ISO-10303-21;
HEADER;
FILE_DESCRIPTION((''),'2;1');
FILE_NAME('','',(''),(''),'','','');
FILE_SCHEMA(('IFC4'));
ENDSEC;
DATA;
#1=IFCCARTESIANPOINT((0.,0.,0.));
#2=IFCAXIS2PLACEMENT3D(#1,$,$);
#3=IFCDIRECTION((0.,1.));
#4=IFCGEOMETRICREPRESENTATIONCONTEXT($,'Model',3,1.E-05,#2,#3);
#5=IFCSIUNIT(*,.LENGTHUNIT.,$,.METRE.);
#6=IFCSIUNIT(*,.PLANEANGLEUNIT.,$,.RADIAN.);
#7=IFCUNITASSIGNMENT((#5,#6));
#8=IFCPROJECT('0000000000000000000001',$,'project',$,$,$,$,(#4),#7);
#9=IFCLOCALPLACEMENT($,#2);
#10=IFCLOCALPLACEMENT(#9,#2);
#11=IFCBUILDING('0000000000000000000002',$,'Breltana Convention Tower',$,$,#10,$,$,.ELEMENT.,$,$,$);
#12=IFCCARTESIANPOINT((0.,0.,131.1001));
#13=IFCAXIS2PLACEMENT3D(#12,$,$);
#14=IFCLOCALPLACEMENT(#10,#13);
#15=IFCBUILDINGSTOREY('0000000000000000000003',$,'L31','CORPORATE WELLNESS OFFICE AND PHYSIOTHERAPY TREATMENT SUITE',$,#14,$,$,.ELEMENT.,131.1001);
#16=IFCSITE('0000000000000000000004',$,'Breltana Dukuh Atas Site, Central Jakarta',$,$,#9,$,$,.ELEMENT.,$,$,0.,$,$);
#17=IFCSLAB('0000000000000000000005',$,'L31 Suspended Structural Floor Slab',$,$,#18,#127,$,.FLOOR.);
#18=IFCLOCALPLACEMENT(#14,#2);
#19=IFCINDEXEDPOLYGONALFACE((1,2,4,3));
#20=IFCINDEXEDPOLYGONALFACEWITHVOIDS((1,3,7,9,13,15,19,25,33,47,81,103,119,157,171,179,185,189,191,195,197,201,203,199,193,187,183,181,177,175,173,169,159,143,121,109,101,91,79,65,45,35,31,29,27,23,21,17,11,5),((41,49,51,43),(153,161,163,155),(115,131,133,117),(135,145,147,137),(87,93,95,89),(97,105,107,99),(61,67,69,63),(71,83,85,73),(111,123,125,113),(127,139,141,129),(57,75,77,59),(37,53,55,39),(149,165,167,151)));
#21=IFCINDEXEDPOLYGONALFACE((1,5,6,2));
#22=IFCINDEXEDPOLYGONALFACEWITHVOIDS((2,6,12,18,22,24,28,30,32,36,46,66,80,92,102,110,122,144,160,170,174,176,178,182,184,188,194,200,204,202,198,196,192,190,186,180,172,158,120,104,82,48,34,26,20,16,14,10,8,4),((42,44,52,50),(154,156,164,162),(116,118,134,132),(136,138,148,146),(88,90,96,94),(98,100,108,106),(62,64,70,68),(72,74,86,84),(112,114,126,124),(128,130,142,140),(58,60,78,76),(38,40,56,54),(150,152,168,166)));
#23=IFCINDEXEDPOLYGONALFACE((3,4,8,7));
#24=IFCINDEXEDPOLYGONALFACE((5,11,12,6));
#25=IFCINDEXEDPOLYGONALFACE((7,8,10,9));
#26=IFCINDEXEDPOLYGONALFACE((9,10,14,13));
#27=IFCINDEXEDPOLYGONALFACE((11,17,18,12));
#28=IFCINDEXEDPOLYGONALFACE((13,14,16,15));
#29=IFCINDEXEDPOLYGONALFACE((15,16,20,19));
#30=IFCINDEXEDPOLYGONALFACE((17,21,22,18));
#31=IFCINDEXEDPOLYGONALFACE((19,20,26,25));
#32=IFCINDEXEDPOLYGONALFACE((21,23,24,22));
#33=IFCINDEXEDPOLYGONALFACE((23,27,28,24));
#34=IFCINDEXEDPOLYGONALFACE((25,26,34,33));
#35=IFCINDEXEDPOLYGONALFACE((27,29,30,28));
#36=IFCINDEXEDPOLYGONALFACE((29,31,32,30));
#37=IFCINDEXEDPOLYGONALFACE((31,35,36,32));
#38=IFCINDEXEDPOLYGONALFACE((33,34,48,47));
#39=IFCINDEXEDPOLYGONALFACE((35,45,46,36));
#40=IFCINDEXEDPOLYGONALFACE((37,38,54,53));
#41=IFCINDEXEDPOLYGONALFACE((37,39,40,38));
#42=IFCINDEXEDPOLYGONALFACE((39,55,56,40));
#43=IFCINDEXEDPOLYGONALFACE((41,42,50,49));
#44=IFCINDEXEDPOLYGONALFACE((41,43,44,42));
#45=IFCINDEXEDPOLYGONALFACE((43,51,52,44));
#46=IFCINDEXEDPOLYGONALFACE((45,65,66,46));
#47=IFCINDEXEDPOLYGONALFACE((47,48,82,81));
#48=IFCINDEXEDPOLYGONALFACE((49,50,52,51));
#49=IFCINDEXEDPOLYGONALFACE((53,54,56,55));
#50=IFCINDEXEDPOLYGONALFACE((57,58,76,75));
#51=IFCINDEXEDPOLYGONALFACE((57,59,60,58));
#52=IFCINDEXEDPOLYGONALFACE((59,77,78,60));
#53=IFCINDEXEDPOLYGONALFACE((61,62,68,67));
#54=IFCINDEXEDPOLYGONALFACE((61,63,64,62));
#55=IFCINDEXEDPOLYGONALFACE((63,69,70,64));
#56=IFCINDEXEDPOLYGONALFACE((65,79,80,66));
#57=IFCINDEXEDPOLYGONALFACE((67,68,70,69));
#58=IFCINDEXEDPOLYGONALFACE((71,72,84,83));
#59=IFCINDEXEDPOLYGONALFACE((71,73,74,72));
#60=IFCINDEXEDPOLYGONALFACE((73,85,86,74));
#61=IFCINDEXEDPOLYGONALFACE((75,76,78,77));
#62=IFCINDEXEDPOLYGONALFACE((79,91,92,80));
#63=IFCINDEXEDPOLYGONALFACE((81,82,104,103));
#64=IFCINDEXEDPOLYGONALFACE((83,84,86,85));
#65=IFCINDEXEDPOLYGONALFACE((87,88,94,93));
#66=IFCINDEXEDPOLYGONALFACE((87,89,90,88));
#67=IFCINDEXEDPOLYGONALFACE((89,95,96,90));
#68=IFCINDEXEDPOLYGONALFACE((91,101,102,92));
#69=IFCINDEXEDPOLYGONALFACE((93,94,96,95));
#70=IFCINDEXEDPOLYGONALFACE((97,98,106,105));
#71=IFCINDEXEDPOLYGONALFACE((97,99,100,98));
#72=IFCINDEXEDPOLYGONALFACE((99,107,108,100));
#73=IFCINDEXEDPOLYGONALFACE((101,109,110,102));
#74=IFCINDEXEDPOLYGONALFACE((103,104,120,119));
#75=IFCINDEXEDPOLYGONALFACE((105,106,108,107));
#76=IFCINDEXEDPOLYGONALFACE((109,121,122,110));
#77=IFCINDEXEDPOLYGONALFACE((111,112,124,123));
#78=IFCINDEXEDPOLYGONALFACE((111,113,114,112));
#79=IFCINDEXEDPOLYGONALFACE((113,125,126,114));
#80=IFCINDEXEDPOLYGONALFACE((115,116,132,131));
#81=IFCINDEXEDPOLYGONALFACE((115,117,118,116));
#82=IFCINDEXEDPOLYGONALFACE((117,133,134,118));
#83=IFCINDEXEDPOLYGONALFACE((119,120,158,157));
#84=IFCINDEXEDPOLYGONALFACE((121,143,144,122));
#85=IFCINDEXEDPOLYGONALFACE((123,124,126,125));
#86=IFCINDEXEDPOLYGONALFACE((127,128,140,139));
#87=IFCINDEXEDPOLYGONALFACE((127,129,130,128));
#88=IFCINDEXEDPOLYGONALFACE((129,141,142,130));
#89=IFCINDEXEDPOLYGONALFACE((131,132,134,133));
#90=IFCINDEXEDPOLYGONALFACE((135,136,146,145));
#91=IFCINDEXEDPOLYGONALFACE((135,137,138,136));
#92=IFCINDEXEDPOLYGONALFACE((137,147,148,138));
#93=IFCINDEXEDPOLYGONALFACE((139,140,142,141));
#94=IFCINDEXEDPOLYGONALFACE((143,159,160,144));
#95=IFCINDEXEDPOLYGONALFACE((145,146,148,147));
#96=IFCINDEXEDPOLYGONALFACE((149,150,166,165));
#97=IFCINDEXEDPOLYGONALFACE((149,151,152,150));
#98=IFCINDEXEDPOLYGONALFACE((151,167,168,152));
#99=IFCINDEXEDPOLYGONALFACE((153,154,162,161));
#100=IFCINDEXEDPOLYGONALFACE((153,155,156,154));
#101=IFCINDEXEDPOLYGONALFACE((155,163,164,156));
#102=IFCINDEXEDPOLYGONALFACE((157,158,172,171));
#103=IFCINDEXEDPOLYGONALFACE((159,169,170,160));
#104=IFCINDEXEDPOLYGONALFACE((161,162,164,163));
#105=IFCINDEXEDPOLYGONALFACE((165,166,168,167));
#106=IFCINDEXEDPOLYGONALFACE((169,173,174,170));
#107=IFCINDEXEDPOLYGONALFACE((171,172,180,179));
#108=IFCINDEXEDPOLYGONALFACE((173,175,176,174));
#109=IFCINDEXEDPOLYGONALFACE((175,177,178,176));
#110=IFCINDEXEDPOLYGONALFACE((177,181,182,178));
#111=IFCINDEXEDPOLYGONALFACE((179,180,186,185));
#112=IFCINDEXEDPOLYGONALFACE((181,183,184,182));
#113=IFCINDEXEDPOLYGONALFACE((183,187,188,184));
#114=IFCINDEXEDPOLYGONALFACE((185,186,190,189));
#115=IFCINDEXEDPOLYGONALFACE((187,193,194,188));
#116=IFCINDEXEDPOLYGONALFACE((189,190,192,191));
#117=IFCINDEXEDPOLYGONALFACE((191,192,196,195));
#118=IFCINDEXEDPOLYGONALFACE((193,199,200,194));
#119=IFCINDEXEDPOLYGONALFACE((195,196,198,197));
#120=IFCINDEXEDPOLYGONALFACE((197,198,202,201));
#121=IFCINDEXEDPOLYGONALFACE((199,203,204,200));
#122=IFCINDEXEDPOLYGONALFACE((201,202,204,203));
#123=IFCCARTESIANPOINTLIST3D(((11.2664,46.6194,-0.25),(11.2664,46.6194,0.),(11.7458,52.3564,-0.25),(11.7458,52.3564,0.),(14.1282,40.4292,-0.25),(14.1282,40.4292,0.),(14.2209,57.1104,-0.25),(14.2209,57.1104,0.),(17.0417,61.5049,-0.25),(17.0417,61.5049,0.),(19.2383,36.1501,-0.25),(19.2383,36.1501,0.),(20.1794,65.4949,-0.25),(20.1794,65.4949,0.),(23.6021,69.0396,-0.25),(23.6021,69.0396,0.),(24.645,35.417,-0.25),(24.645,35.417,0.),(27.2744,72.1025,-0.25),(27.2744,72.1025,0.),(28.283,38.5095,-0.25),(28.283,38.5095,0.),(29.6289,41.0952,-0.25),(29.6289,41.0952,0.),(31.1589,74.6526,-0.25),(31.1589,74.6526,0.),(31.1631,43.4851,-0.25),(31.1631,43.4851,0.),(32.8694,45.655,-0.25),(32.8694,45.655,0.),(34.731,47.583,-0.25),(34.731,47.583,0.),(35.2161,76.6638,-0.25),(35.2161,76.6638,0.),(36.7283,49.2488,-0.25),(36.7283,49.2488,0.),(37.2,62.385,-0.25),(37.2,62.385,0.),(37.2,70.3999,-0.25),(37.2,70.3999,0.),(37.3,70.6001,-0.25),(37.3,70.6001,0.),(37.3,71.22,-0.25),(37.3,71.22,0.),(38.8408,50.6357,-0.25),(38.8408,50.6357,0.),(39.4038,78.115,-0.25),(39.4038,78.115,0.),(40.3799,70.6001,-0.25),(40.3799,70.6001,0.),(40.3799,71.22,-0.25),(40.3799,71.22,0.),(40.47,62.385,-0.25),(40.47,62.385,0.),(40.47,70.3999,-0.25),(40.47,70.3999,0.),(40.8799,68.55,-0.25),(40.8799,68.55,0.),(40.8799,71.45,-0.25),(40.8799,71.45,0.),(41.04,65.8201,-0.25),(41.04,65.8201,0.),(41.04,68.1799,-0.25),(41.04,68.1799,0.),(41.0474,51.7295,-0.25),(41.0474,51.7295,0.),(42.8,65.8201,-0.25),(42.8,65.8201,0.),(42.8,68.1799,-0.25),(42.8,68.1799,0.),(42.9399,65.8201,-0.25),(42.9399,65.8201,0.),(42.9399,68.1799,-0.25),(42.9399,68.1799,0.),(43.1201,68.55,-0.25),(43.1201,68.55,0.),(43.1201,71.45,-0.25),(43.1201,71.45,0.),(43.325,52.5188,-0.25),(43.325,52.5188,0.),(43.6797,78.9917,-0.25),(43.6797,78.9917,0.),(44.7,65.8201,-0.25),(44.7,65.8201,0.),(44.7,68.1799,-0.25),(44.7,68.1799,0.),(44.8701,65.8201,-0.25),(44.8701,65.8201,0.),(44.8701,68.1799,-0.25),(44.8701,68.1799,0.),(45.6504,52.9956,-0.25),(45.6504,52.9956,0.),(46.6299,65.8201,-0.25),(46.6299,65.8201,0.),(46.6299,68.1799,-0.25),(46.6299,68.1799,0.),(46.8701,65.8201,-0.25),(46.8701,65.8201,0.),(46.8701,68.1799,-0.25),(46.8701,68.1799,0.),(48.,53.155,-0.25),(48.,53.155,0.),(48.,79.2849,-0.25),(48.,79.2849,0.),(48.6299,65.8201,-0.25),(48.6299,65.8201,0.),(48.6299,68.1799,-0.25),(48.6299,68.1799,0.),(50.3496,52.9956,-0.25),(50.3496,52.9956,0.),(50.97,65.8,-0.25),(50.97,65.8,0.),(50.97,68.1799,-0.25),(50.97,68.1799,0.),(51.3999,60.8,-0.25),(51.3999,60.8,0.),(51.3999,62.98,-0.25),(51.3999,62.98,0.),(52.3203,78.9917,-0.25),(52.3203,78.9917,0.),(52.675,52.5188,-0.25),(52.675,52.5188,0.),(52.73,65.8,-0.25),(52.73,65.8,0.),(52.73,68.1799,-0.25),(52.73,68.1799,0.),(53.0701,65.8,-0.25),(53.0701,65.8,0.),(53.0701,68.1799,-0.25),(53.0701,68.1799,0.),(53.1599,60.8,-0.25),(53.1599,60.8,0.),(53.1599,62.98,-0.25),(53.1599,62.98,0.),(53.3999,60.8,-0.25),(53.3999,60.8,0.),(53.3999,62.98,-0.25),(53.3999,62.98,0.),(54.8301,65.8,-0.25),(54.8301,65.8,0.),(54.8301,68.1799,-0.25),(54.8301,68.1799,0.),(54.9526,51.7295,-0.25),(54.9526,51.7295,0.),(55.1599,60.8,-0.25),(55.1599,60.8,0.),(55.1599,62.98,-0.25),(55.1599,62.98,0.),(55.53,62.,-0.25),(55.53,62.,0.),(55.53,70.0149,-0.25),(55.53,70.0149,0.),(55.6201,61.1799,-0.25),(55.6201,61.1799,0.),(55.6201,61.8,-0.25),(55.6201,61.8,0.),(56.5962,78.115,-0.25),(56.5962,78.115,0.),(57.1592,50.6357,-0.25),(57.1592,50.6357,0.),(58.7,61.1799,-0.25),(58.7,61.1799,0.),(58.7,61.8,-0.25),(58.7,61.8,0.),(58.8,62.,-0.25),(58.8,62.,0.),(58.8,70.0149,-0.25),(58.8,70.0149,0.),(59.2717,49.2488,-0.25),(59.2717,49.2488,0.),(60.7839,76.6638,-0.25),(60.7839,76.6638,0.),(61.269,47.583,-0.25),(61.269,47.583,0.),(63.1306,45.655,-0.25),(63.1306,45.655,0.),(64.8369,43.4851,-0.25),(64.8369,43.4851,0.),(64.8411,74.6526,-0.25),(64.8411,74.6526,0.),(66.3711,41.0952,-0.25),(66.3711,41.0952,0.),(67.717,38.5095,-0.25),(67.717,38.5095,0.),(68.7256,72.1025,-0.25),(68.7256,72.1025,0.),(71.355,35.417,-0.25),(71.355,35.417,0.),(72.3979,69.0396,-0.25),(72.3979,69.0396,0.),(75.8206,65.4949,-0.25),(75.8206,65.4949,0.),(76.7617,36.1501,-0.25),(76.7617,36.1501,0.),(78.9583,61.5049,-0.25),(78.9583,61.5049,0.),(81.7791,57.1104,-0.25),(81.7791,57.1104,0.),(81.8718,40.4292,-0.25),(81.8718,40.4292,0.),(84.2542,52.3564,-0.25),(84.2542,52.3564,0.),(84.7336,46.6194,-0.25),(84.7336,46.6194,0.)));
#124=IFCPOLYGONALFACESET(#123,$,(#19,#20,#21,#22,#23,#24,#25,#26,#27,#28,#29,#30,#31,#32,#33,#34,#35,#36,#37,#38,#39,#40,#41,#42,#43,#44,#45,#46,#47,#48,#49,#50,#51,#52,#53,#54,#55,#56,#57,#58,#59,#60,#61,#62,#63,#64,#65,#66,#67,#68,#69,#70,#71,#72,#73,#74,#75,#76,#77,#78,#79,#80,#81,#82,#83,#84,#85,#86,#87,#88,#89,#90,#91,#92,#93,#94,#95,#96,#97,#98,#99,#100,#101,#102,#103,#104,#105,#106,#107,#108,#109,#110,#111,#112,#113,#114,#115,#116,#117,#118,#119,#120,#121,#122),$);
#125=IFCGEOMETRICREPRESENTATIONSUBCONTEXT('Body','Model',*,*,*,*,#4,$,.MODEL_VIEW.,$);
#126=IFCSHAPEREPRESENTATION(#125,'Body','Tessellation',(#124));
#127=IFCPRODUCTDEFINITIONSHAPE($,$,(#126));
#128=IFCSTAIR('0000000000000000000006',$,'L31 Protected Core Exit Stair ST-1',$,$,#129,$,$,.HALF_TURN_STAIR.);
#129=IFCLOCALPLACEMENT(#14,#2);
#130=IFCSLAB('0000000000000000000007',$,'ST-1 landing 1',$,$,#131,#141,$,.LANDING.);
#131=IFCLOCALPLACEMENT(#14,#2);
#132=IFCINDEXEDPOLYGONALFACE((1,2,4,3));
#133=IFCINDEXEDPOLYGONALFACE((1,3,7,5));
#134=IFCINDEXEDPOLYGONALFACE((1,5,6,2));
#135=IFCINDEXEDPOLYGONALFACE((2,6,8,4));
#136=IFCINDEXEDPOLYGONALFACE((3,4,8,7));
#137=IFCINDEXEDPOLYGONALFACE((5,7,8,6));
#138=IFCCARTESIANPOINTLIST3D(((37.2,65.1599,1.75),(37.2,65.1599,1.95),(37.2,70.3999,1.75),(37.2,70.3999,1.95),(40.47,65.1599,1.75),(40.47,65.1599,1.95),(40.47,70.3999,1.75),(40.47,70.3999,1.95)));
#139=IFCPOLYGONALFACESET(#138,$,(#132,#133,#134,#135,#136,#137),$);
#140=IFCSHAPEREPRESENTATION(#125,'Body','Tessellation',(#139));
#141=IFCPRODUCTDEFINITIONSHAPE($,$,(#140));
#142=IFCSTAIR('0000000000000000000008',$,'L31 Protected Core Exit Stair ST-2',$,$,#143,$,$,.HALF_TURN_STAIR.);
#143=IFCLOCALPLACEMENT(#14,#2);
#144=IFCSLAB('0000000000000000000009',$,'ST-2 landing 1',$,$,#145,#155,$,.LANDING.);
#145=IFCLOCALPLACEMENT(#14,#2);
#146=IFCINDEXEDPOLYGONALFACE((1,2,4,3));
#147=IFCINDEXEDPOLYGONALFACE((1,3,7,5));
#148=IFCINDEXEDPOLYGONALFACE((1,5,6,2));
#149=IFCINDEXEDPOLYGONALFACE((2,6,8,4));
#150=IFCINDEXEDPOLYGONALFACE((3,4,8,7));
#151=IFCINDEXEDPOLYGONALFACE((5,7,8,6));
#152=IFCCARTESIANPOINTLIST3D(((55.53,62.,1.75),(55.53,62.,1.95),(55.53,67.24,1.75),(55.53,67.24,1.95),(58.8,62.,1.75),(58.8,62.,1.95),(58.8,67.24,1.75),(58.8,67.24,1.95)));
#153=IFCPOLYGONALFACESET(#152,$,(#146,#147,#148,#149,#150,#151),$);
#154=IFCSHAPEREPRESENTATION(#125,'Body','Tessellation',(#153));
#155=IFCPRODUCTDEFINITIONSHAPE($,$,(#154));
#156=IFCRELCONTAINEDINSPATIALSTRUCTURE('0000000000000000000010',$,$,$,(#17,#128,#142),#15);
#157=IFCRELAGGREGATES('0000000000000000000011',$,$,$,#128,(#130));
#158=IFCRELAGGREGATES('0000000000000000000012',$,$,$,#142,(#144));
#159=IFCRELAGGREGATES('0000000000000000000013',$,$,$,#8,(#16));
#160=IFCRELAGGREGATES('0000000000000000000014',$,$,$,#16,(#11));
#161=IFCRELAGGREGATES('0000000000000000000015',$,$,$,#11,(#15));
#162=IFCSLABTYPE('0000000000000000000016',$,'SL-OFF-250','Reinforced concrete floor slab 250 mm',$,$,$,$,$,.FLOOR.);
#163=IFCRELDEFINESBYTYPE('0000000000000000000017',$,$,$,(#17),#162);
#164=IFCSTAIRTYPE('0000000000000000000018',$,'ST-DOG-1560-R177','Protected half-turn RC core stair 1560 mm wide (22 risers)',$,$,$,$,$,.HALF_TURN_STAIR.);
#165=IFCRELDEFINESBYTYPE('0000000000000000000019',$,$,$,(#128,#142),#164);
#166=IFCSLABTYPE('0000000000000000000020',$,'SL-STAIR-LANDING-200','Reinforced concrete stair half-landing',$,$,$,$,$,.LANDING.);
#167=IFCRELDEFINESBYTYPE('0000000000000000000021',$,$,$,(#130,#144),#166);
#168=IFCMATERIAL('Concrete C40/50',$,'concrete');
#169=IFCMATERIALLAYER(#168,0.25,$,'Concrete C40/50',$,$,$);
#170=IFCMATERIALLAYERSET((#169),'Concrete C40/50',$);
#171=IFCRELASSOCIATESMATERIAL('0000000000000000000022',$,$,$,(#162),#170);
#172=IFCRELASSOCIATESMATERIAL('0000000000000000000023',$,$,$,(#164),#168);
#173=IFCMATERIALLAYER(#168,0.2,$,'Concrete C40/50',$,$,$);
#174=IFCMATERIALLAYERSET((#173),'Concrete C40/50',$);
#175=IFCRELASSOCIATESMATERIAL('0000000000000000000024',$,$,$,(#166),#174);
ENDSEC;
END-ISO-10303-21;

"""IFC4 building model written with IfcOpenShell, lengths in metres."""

from ifc_helpers import new_model, si_unit, direction, frame, origin, place, context, subcontext, project, spatial, polyline, outline, extrude, material, layer, layer_set, type_object, element, aggregate, save


model = new_model("IFC4")

# Units and contexts
model_context = context("Model", 3, precision=1e-05, world=origin(), true_north=direction((0.0, 1.0)))
body_context = subcontext(model_context, "Body", "Model", "MODEL_VIEW")
ifc_project = project(units=[si_unit("LENGTHUNIT", "METRE"), si_unit("PLANEANGLEUNIT", "RADIAN")], contexts=[model_context])

# Site, building, storey
site_placement = place(None, origin())
site = spatial("IfcSite", under=ifc_project, at=site_placement, Name="Breltana Dukuh Atas Site, Central Jakarta", CompositionType="ELEMENT", RefElevation=0.0)
building_placement = place(site_placement, origin())
building = spatial("IfcBuilding", under=site, at=building_placement, Name="Breltana Convention Tower", CompositionType="ELEMENT")
storey_placement = place(building_placement, frame((0.0, 0.0, 131.1001)))
storey = spatial("IfcBuildingStorey", under=building, at=storey_placement, Name="L31", Description="CORPORATE WELLNESS OFFICE AND PHYSIOTHERAPY TREATMENT SUITE", CompositionType="ELEMENT", Elevation=131.1001)

# Slab
ifc_material_1 = material(Name="Concrete C40/50", Category="concrete")
ifc_layer_1 = layer(ifc_material_1, 0.25, Name="Concrete C40/50")
ifc_layer_set_1 = layer_set([ifc_layer_1], Name="Concrete C40/50")
slab_type_1 = type_object("IfcSlabType", Name="SL-OFF-250", Description="Reinforced concrete floor slab 250 mm", PredefinedType="FLOOR", material=ifc_layer_set_1)
slab_1_placement = place(storey_placement, frame((0.0, 0.0, -0.25)))
element("IfcSlab", 1, at=slab_1_placement, inside=storey, type_object=slab_type_1, Name="L31 Suspended Structural Floor Slab", PredefinedType="FLOOR", context=body_context, shape_type="SweptSolid", body=[
    extrude(outline(polyline([(84.2542, 52.3564), (81.7791, 57.1104), (78.9583, 61.5049), (75.8206, 65.4949), (72.3979, 69.0396), (68.7256, 72.1025), (64.8411, 74.6526), (60.7839, 76.6638), (56.5962, 78.115), (52.3203, 78.9917), (48.0, 79.2849), (43.6797, 78.9917), (39.4038, 78.115), (35.2161, 76.6638), (31.1589, 74.6526), (27.2744, 72.1025), (23.6021, 69.0396), (20.1794, 65.4949), (17.0417, 61.5049), (14.2209, 57.1104), (11.7458, 52.3564), (11.2664, 46.6194), (14.1282, 40.4292), (19.2383, 36.1501), (24.645, 35.417), (28.283, 38.5095), (29.6289, 41.0952), (31.1631, 43.4851), (32.8694, 45.655), (34.731, 47.583), (36.7283, 49.2488), (38.8408, 50.6357), (41.0474, 51.7295), (43.325, 52.5188), (45.6504, 52.9956), (48.0, 53.155), (50.3496, 52.9956), (52.675, 52.5188), (54.9526, 51.7295), (57.1592, 50.6357), (59.2717, 49.2488), (61.269, 47.583), (63.1306, 45.655), (64.8369, 43.4851), (66.3711, 41.0952), (67.717, 38.5095), (71.355, 35.417), (76.7617, 36.1501), (81.8718, 40.4292), (84.7336, 46.6194), (84.2542, 52.3564)]), holes=[polyline([(37.2, 62.385), (40.47, 62.385), (40.47, 70.3999), (37.2, 70.3999), (37.2, 62.385)]), polyline([(55.53, 62.0), (58.8, 62.0), (58.8, 70.0149), (55.53, 70.0149), (55.53, 62.0)]), polyline([(51.3999, 60.8), (53.1599, 60.8), (53.1599, 62.98), (51.3999, 62.98), (51.3999, 60.8)]), polyline([(53.3999, 60.8), (55.1599, 60.8), (55.1599, 62.98), (53.3999, 62.98), (53.3999, 60.8)]), polyline([(41.04, 65.8201), (42.8, 65.8201), (42.8, 68.1799), (41.04, 68.1799), (41.04, 65.8201)]), polyline([(42.9399, 65.8201), (44.7, 65.8201), (44.7, 68.1799), (42.9399, 68.1799), (42.9399, 65.8201)]), polyline([(44.8701, 65.8201), (46.6299, 65.8201), (46.6299, 68.1799), (44.8701, 68.1799), (44.8701, 65.8201)]), polyline([(46.8701, 65.8201), (48.6299, 65.8201), (48.6299, 68.1799), (46.8701, 68.1799), (46.8701, 65.8201)]), polyline([(50.97, 65.8), (52.73, 65.8), (52.73, 68.1799), (50.97, 68.1799), (50.97, 65.8)]), polyline([(53.0701, 65.8), (54.8301, 65.8), (54.8301, 68.1799), (53.0701, 68.1799), (53.0701, 65.8)]), polyline([(40.8799, 68.55), (43.1201, 68.55), (43.1201, 71.45), (40.8799, 71.45), (40.8799, 68.55)]), polyline([(37.3, 70.6001), (40.3799, 70.6001), (40.3799, 71.22), (37.3, 71.22), (37.3, 70.6001)]), polyline([(55.6201, 61.1799), (58.7, 61.1799), (58.7, 61.8), (55.6201, 61.8), (55.6201, 61.1799)])]), origin(), (0.0, 0.0, 1.0), 0.25),
])

# Stairs, slabs
stair_type = type_object("IfcStairType", Name="ST-DOG-1560-R177", Description="Protected half-turn RC core stair 1560 mm wide (22 risers)", PredefinedType="HALF_TURN_STAIR", material=ifc_material_1)
stair_1_placement = place(storey_placement, origin())
stair_1 = element("IfcStair", 2, at=stair_1_placement, inside=storey, type_object=stair_type, Name="L31 Protected Core Exit Stair ST-1", PredefinedType="HALF_TURN_STAIR")
ifc_layer_2 = layer(ifc_material_1, 0.2, Name="Concrete C40/50")
ifc_layer_set_2 = layer_set([ifc_layer_2], Name="Concrete C40/50")
slab_type_2 = type_object("IfcSlabType", Name="SL-STAIR-LANDING-200", Description="Reinforced concrete stair half-landing", PredefinedType="LANDING", material=ifc_layer_set_2)
slab_2_placement = place(storey_placement, frame((0.0, 0.0, 1.75)))
slab_2 = element("IfcSlab", 3, at=slab_2_placement, type_object=slab_type_2, Name="ST-1 landing 1", PredefinedType="LANDING", context=body_context, shape_type="SweptSolid", body=[
    extrude(outline(polyline([(40.47, 65.1599), (40.47, 70.3999), (37.2, 70.3999), (37.2, 65.1599), (40.47, 65.1599)])), origin(), (0.0, 0.0, 1.0), 0.2),
])
aggregate(stair_1, [slab_2])
stair_2_placement = place(storey_placement, origin())
stair_2 = element("IfcStair", 4, at=stair_2_placement, inside=storey, type_object=stair_type, Name="L31 Protected Core Exit Stair ST-2", PredefinedType="HALF_TURN_STAIR")
slab_3_placement = place(storey_placement, frame((0.0, 0.0, 1.75)))
slab_3 = element("IfcSlab", 5, at=slab_3_placement, type_object=slab_type_2, Name="ST-2 landing 1", PredefinedType="LANDING", context=body_context, shape_type="SweptSolid", body=[
    extrude(outline(polyline([(55.53, 67.24), (55.53, 62.0), (58.8, 62.0), (58.8, 67.24), (55.53, 67.24)])), origin(), (0.0, 0.0, 1.0), 0.2),
])
aggregate(stair_2, [slab_3])

save(model, "model.ifc")
